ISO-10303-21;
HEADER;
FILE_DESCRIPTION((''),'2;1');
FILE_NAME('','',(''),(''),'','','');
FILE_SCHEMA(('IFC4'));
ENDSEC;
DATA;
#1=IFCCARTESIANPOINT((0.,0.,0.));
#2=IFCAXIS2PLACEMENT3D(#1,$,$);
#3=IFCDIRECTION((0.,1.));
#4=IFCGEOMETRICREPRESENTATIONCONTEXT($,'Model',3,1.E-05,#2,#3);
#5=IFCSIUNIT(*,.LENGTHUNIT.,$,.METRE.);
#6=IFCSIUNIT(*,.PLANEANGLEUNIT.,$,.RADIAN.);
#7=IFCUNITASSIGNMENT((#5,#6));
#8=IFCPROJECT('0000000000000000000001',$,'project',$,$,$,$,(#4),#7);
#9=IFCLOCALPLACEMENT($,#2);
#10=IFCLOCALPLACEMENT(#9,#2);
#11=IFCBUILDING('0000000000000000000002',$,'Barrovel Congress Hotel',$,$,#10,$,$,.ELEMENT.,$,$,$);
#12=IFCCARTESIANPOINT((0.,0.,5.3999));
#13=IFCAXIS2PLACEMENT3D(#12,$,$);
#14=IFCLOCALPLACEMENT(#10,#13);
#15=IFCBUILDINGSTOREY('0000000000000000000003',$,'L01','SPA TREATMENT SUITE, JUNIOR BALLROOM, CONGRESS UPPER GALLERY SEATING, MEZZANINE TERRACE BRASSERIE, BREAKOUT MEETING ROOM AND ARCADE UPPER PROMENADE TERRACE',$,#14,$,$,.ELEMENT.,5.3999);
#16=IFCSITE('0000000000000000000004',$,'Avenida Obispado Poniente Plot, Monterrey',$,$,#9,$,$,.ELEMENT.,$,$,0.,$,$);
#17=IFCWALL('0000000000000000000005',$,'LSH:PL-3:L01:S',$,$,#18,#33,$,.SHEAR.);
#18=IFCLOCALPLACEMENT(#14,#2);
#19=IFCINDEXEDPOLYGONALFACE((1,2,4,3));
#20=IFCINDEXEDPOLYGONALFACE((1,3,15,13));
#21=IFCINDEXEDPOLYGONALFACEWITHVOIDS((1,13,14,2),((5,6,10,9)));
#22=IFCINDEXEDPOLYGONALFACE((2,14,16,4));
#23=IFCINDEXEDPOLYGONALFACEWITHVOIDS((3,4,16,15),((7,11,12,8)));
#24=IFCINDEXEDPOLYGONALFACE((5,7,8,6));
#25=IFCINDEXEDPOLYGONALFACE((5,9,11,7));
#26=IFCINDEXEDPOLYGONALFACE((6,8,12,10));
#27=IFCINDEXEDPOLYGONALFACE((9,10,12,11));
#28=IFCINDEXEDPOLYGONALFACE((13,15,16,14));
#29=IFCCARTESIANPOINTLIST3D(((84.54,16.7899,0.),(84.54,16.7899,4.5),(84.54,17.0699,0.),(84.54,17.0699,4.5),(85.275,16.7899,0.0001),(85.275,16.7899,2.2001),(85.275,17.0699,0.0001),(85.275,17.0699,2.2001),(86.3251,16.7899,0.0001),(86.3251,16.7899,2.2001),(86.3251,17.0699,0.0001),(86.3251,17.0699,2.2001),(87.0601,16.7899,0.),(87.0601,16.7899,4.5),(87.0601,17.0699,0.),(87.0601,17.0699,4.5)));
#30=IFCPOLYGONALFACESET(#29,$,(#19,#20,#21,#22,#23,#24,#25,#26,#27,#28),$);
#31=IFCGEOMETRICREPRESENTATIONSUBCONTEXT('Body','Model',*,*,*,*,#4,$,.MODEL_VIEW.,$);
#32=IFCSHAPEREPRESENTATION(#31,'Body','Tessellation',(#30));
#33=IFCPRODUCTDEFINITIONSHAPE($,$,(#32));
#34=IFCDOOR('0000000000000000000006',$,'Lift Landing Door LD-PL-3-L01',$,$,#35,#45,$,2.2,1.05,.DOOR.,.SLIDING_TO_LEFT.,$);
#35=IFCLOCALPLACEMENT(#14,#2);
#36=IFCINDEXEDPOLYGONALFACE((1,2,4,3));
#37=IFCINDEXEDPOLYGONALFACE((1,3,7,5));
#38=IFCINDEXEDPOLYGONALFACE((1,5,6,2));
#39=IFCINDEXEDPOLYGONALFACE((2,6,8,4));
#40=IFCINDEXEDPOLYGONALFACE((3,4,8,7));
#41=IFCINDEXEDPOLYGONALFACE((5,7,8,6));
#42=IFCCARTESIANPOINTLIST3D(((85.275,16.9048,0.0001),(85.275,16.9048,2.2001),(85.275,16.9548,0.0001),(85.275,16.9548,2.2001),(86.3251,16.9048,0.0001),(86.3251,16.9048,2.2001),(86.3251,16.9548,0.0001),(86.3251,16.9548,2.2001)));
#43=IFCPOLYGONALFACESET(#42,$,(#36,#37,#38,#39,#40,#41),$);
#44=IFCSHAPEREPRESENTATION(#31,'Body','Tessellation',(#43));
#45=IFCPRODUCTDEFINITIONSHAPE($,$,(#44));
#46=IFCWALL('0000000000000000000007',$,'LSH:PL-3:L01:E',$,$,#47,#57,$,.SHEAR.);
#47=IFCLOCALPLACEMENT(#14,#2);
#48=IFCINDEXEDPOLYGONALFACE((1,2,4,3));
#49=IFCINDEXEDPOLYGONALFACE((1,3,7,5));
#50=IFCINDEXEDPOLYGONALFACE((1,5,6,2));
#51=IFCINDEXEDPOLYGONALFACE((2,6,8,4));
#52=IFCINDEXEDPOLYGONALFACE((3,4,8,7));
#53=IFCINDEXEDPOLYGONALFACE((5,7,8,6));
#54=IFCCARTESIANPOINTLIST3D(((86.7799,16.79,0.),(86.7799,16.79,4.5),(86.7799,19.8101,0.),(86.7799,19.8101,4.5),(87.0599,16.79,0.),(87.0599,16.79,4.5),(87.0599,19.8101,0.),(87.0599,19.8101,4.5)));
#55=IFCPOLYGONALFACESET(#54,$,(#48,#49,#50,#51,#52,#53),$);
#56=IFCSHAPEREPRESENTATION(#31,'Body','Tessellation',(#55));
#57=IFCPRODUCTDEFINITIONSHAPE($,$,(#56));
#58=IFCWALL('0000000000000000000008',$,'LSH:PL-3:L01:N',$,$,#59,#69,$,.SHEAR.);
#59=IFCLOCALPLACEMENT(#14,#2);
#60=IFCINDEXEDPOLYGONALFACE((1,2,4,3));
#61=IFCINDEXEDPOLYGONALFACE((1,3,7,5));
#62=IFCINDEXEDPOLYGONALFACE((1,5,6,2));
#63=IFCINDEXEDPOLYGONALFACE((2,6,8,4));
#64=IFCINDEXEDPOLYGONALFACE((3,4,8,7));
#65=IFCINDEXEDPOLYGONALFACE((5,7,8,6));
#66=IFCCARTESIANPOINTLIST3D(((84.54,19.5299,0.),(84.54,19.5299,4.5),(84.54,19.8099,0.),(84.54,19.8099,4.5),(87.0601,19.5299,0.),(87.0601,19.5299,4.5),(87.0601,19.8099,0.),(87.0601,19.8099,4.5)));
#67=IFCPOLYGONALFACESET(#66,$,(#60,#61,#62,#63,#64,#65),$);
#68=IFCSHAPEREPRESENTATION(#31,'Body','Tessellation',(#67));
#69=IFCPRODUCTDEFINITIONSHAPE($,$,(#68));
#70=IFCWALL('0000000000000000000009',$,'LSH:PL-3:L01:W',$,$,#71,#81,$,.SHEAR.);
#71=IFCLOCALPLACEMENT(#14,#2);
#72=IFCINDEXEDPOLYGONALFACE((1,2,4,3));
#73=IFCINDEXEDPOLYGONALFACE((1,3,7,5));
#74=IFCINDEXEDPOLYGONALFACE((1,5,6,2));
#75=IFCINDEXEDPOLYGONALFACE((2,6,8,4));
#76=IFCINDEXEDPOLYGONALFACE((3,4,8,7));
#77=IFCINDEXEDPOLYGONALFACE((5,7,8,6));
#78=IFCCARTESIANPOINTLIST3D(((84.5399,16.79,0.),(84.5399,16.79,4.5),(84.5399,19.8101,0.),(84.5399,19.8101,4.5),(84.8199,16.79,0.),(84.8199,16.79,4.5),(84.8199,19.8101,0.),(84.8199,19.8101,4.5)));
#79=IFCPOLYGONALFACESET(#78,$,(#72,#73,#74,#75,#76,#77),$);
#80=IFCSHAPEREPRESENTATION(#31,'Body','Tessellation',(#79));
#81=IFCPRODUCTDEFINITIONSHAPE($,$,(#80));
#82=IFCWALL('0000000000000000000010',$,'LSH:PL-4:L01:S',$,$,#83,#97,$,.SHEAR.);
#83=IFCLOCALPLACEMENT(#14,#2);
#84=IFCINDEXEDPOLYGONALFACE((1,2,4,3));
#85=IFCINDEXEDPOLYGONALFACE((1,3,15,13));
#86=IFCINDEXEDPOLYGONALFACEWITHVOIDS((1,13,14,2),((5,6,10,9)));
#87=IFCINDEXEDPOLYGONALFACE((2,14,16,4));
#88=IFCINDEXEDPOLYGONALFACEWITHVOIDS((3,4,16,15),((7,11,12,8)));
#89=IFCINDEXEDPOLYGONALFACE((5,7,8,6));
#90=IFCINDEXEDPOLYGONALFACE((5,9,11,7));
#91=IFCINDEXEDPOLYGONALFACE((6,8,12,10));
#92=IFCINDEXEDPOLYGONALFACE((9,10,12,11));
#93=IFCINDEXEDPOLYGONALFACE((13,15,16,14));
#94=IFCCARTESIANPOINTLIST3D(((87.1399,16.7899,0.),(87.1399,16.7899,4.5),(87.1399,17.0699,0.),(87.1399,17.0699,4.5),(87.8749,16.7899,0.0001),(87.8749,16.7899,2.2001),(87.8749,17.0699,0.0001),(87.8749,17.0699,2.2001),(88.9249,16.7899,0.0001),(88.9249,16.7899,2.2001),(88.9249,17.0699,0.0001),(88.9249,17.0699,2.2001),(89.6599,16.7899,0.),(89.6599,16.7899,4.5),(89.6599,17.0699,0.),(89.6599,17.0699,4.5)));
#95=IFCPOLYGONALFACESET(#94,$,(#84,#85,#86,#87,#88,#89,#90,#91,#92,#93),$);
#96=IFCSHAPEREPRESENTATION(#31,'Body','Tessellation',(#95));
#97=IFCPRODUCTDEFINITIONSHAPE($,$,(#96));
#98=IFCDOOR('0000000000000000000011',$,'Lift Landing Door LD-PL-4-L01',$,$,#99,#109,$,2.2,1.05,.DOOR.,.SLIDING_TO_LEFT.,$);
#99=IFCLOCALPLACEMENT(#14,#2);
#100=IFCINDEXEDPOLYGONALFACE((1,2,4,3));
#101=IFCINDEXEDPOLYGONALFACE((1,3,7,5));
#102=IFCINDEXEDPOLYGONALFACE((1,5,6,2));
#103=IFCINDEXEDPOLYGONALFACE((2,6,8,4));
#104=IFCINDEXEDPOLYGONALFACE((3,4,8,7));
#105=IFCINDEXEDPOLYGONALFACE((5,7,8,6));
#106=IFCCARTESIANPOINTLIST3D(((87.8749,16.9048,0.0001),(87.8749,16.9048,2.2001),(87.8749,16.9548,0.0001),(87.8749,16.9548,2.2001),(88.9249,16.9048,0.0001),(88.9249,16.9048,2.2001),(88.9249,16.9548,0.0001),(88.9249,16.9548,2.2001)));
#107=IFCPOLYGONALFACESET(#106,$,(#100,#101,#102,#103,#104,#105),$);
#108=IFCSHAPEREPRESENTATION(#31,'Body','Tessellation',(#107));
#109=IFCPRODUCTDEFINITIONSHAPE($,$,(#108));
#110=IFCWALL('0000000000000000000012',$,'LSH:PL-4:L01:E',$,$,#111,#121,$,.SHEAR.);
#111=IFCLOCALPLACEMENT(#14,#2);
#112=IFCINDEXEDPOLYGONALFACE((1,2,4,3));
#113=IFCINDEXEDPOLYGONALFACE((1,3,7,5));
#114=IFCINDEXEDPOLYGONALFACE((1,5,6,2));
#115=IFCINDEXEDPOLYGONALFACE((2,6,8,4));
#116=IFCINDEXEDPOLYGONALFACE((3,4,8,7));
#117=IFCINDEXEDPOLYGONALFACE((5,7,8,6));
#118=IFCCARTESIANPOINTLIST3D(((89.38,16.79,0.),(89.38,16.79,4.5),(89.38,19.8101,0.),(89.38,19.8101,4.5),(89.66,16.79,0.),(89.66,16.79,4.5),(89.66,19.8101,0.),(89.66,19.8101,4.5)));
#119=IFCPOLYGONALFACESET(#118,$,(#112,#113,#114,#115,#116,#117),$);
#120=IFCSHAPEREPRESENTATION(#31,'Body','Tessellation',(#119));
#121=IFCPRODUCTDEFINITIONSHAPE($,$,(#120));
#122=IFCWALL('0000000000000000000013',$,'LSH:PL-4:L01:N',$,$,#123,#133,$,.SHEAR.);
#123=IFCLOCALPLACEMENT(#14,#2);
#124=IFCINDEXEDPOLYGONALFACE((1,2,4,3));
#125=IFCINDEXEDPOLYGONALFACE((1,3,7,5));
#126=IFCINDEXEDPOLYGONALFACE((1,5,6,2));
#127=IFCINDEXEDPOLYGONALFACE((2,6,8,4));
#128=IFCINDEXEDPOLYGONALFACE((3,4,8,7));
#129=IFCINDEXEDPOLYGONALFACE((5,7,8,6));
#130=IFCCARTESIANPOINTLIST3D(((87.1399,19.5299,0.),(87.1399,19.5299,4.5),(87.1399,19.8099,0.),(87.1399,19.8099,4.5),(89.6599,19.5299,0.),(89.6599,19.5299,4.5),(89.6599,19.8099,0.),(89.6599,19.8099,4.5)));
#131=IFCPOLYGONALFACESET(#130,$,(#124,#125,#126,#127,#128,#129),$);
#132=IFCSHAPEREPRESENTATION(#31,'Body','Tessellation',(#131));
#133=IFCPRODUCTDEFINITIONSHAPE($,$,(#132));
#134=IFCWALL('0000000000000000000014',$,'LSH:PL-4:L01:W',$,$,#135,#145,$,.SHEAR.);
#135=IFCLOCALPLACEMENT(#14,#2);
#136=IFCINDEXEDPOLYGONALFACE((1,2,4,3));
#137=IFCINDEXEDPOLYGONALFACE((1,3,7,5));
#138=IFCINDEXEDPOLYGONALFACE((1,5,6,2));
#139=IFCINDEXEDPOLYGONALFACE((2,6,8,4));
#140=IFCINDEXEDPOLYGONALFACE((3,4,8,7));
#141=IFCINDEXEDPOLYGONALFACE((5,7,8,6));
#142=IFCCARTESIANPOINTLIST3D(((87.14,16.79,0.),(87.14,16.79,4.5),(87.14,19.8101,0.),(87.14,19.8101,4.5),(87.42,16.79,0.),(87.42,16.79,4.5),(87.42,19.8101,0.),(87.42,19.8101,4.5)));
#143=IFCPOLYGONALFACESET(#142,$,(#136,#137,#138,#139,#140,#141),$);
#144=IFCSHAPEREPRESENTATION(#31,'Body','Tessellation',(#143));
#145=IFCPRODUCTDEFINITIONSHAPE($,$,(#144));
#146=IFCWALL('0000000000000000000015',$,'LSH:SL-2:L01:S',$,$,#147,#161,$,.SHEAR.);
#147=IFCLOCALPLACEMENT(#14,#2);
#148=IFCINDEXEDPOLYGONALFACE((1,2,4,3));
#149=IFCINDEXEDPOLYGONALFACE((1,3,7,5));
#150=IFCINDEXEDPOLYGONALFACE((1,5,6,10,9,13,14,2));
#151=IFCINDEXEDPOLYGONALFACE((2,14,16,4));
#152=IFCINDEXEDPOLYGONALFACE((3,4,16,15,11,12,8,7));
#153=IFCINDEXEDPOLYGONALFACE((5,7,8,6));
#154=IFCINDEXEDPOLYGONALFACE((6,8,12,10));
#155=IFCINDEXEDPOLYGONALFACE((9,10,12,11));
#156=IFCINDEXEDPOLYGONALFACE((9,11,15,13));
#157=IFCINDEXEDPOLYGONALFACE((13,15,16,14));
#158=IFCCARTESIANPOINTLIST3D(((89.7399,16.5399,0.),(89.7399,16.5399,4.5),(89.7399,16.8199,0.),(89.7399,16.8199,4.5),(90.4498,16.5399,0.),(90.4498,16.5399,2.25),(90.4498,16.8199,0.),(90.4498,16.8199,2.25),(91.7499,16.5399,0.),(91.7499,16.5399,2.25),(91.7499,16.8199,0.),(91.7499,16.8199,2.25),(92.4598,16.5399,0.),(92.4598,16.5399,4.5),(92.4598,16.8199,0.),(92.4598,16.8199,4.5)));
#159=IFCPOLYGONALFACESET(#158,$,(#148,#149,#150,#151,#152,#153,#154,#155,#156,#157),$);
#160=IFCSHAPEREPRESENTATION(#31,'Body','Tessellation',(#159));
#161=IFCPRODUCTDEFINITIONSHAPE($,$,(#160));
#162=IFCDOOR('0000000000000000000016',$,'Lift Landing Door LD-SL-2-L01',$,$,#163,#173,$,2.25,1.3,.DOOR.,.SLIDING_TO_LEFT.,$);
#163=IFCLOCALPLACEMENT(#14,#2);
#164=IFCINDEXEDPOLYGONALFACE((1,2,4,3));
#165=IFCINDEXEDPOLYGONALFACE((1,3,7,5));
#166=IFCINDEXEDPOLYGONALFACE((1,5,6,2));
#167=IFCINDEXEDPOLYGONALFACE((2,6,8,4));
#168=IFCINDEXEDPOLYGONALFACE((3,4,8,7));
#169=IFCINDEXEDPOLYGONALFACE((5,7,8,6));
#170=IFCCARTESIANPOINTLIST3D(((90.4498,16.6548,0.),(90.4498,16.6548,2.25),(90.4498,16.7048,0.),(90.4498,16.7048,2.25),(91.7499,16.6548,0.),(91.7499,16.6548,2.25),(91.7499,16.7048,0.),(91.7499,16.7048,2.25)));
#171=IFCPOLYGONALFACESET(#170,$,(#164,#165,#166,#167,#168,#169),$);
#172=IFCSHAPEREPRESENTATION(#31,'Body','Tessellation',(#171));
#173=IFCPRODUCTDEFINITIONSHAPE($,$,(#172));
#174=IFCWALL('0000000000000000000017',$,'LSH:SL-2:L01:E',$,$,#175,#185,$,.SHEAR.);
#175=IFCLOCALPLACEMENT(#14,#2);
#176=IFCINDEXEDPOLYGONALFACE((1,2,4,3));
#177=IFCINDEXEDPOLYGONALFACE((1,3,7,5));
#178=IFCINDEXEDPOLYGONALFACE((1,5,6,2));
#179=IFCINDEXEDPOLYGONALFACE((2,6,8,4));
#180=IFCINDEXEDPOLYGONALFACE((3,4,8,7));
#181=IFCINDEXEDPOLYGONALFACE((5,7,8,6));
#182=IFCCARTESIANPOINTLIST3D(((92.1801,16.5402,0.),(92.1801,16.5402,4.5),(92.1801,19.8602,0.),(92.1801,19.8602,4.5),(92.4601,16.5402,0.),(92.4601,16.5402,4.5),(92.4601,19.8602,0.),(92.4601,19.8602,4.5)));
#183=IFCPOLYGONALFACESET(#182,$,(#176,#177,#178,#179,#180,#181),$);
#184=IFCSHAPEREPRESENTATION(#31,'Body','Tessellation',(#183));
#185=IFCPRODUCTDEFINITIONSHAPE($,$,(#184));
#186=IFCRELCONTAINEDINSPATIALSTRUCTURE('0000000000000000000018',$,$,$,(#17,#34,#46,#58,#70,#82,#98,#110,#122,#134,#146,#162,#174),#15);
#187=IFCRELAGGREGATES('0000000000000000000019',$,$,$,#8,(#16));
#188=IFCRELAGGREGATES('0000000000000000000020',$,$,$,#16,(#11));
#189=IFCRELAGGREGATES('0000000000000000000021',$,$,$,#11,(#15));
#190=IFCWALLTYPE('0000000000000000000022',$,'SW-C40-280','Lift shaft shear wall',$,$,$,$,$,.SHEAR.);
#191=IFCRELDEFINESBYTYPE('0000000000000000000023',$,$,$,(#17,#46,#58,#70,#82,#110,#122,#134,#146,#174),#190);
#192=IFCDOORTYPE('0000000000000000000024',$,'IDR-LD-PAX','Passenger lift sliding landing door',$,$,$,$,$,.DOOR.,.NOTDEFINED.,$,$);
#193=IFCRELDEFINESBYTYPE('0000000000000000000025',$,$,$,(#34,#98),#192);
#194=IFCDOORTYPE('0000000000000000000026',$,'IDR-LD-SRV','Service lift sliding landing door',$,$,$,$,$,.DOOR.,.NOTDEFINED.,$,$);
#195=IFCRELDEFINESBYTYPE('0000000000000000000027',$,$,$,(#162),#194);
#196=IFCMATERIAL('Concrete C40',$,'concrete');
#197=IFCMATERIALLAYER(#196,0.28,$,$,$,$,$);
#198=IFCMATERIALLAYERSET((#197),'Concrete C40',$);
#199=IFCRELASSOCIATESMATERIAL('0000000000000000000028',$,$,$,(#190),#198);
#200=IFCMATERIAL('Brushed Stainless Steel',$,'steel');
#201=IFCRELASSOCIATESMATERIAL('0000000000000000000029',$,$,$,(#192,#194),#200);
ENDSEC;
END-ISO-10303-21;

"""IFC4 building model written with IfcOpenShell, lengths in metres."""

from ifc_helpers import new_model, si_unit, direction, frame, frame_2d, origin, place, context, subcontext, project, spatial, rectangle, extrude, material, layer, layer_set, type_object, element, fill, save


model = new_model("IFC4")

# Units and contexts
model_context = context("Model", 3, precision=1e-05, world=origin(), true_north=direction((0.0, 1.0)))
body_context = subcontext(model_context, "Body", "Model", "MODEL_VIEW")
ifc_project = project(units=[si_unit("LENGTHUNIT", "METRE"), si_unit("PLANEANGLEUNIT", "RADIAN")], contexts=[model_context])

# Site, building, storey
site_placement = place(None, origin())
site = spatial("IfcSite", under=ifc_project, at=site_placement, Name="Avenida Obispado Poniente Plot, Monterrey", CompositionType="ELEMENT", RefElevation=0.0)
building_placement = place(site_placement, origin())
building = spatial("IfcBuilding", under=site, at=building_placement, Name="Barrovel Congress Hotel", CompositionType="ELEMENT")
storey_placement = place(building_placement, frame((0.0, 0.0, 5.3999)))
storey = spatial("IfcBuildingStorey", under=building, at=storey_placement, Name="L01", Description="SPA TREATMENT SUITE, JUNIOR BALLROOM, CONGRESS UPPER GALLERY SEATING, MEZZANINE TERRACE BRASSERIE, BREAKOUT MEETING ROOM AND ARCADE UPPER PROMENADE TERRACE", CompositionType="ELEMENT", Elevation=5.3999)

# Shared definitions
ifc_material_1 = material(Name="Concrete C40", Category="concrete")

# Wall, opening, door
ifc_layer_1 = layer(ifc_material_1, 0.28)
ifc_layer_set_1 = layer_set([ifc_layer_1], Name="Concrete C40")
wall_type_1 = type_object("IfcWallType", Name="SW-C40-280", Description="Lift shaft shear wall", PredefinedType="SHEAR", material=ifc_layer_set_1)
wall_1_placement = place(storey_placement, frame((84.54, 16.9299, 0.0), z_axis=(0.0, 0.0, 1.0), x_axis=(1.0, 0.0, 0.0)))
wall_1 = element("IfcWall", 1, at=wall_1_placement, inside=storey, type_object=wall_type_1, Name="LSH:PL-3:L01:S", PredefinedType="SHEAR", context=body_context, shape_type="SweptSolid", body=[
    extrude(rectangle(XDim=2.52, YDim=0.28, at=frame_2d((1.26, 0.0))), origin(), (0.0, 0.0, 1.0), 4.5),
])
opening_1_placement = place(wall_1_placement, frame((0.7351, 0.0, 0.0)))
opening_1 = element("IfcOpeningElement", 2, at=opening_1_placement, cuts=wall_1, PredefinedType="OPENING", context=body_context, shape_type="SweptSolid", body=[
    extrude(rectangle(XDim=1.05, YDim=2.2, at=frame_2d((0.5249, 1.1001))), frame((0.0, 0.1499, 0.0), z_axis=(0.0, -1.0, 0.0), x_axis=(1.0, 0.0, 0.0)), (0.0, 0.0, 1.0), 0.3),
])
ifc_material_2 = material(Name="Brushed Stainless Steel", Category="steel")
door_type_1 = type_object("IfcDoorType", Name="IDR-LD-PAX", Description="Passenger lift sliding landing door", OperationType="NOTDEFINED", PredefinedType="DOOR", material=ifc_material_2)
door_1_placement = place(opening_1_placement, origin())
door_1 = element("IfcDoor", 3, at=door_1_placement, inside=storey, type_object=door_type_1, Name="Lift Landing Door LD-PL-3-L01", OperationType="SLIDING_TO_LEFT", OverallHeight=2.2, OverallWidth=1.05, PredefinedType="DOOR", context=body_context, shape_type="SweptSolid", body=[
    extrude(rectangle(XDim=1.05, YDim=2.2, at=frame_2d((0.5249, 1.1001))), frame((0.0, 0.0249, 0.0), z_axis=(0.0, -1.0, 0.0), x_axis=(1.0, 0.0, 0.0)), (0.0, 0.0, 1.0), 0.05),
])
fill(opening_1, door_1)

# Walls
wall_2_placement = place(storey_placement, frame((86.9199, 16.79, 0.0), z_axis=(0.0, 0.0, 1.0), x_axis=(0.0, 1.0, 0.0)))
element("IfcWall", 4, at=wall_2_placement, inside=storey, type_object=wall_type_1, Name="LSH:PL-3:L01:E", PredefinedType="SHEAR", context=body_context, shape_type="SweptSolid", body=[
    extrude(rectangle(XDim=3.02, YDim=0.28, at=frame_2d((1.51, 0.0))), origin(), (0.0, 0.0, 1.0), 4.5),
])
wall_3_placement = place(storey_placement, frame((87.0601, 19.6699, 0.0), z_axis=(0.0, 0.0, 1.0), x_axis=(-1.0, 0.0, 0.0)))
element("IfcWall", 5, at=wall_3_placement, inside=storey, type_object=wall_type_1, Name="LSH:PL-3:L01:N", PredefinedType="SHEAR", context=body_context, shape_type="SweptSolid", body=[
    extrude(rectangle(XDim=2.52, YDim=0.28, at=frame_2d((1.26, 0.0))), origin(), (0.0, 0.0, 1.0), 4.5),
])
wall_4_placement = place(storey_placement, frame((84.6799, 19.8101, 0.0), z_axis=(0.0, 0.0, 1.0), x_axis=(0.0, -1.0, 0.0)))
element("IfcWall", 6, at=wall_4_placement, inside=storey, type_object=wall_type_1, Name="LSH:PL-3:L01:W", PredefinedType="SHEAR", context=body_context, shape_type="SweptSolid", body=[
    extrude(rectangle(XDim=3.02, YDim=0.28, at=frame_2d((1.51, 0.0))), origin(), (0.0, 0.0, 1.0), 4.5),
])

# Wall, opening, door
wall_5_placement = place(storey_placement, frame((87.1399, 16.9299, 0.0), z_axis=(0.0, 0.0, 1.0), x_axis=(1.0, 0.0, 0.0)))
wall_5 = element("IfcWall", 7, at=wall_5_placement, inside=storey, type_object=wall_type_1, Name="LSH:PL-4:L01:S", PredefinedType="SHEAR", context=body_context, shape_type="SweptSolid", body=[
    extrude(rectangle(XDim=2.52, YDim=0.28, at=frame_2d((1.26, 0.0))), origin(), (0.0, 0.0, 1.0), 4.5),
])
opening_2_placement = place(wall_5_placement, frame((0.7351, 0.0, 0.0)))
opening_2 = element("IfcOpeningElement", 8, at=opening_2_placement, cuts=wall_5, PredefinedType="OPENING", context=body_context, shape_type="SweptSolid", body=[
    extrude(rectangle(XDim=1.05, YDim=2.2, at=frame_2d((0.5249, 1.1001))), frame((0.0, 0.1499, 0.0), z_axis=(0.0, -1.0, 0.0), x_axis=(1.0, 0.0, 0.0)), (0.0, 0.0, 1.0), 0.3),
])
door_2_placement = place(opening_2_placement, origin())
door_2 = element("IfcDoor", 9, at=door_2_placement, inside=storey, type_object=door_type_1, Name="Lift Landing Door LD-PL-4-L01", OperationType="SLIDING_TO_LEFT", OverallHeight=2.2, OverallWidth=1.05, PredefinedType="DOOR", context=body_context, shape_type="SweptSolid", body=[
    extrude(rectangle(XDim=1.05, YDim=2.2, at=frame_2d((0.5249, 1.1001))), frame((0.0, 0.0249, 0.0), z_axis=(0.0, -1.0, 0.0), x_axis=(1.0, 0.0, 0.0)), (0.0, 0.0, 1.0), 0.05),
])
fill(opening_2, door_2)

# Walls
wall_6_placement = place(storey_placement, frame((89.52, 16.79, 0.0), z_axis=(0.0, 0.0, 1.0), x_axis=(0.0, 1.0, 0.0)))
element("IfcWall", 10, at=wall_6_placement, inside=storey, type_object=wall_type_1, Name="LSH:PL-4:L01:E", PredefinedType="SHEAR", context=body_context, shape_type="SweptSolid", body=[
    extrude(rectangle(XDim=3.02, YDim=0.28, at=frame_2d((1.51, 0.0))), origin(), (0.0, 0.0, 1.0), 4.5),
])
wall_7_placement = place(storey_placement, frame((89.6599, 19.6699, 0.0), z_axis=(0.0, 0.0, 1.0), x_axis=(-1.0, 0.0, 0.0)))
element("IfcWall", 11, at=wall_7_placement, inside=storey, type_object=wall_type_1, Name="LSH:PL-4:L01:N", PredefinedType="SHEAR", context=body_context, shape_type="SweptSolid", body=[
    extrude(rectangle(XDim=2.52, YDim=0.28, at=frame_2d((1.26, 0.0))), origin(), (0.0, 0.0, 1.0), 4.5),
])
wall_8_placement = place(storey_placement, frame((87.28, 19.8101, 0.0), z_axis=(0.0, 0.0, 1.0), x_axis=(0.0, -1.0, 0.0)))
element("IfcWall", 12, at=wall_8_placement, inside=storey, type_object=wall_type_1, Name="LSH:PL-4:L01:W", PredefinedType="SHEAR", context=body_context, shape_type="SweptSolid", body=[
    extrude(rectangle(XDim=3.02, YDim=0.28, at=frame_2d((1.51, 0.0))), origin(), (0.0, 0.0, 1.0), 4.5),
])

# Wall, opening, door
wall_9_placement = place(storey_placement, frame((89.74, 16.6799, 0.0), z_axis=(0.0, 0.0, 1.0), x_axis=(1.0, 0.0, 0.0)))
wall_9 = element("IfcWall", 13, at=wall_9_placement, inside=storey, type_object=wall_type_1, Name="LSH:SL-2:L01:S", PredefinedType="SHEAR", context=body_context, shape_type="SweptSolid", body=[
    extrude(rectangle(XDim=2.72, YDim=0.28, at=frame_2d((1.3599, 0.0))), origin(), (0.0, 0.0, 1.0), 4.5),
])
opening_3_placement = place(wall_9_placement, frame((0.71, 0.0, 0.0)))
opening_3 = element("IfcOpeningElement", 14, at=opening_3_placement, cuts=wall_9, PredefinedType="OPENING", context=body_context, shape_type="SweptSolid", body=[
    extrude(rectangle(XDim=1.3, YDim=2.25, at=frame_2d((0.6499, 1.125))), frame((0.0, 0.1499, 0.0), z_axis=(0.0, -1.0, 0.0), x_axis=(1.0, 0.0, 0.0)), (0.0, 0.0, 1.0), 0.3),
])
door_type_2 = type_object("IfcDoorType", Name="IDR-LD-SRV", Description="Service lift sliding landing door", OperationType="NOTDEFINED", PredefinedType="DOOR", material=ifc_material_2)
door_3_placement = place(opening_3_placement, origin())
door_3 = element("IfcDoor", 15, at=door_3_placement, inside=storey, type_object=door_type_2, Name="Lift Landing Door LD-SL-2-L01", OperationType="SLIDING_TO_LEFT", OverallHeight=2.25, OverallWidth=1.3, PredefinedType="DOOR", context=body_context, shape_type="SweptSolid", body=[
    extrude(rectangle(XDim=1.3, YDim=2.25, at=frame_2d((0.6499, 1.125))), frame((0.0, 0.0249, 0.0), z_axis=(0.0, -1.0, 0.0), x_axis=(1.0, 0.0, 0.0)), (0.0, 0.0, 1.0), 0.05),
])
fill(opening_3, door_3)

# Wall
wall_10_placement = place(storey_placement, frame((92.3201, 16.54, 0.0), z_axis=(0.0, 0.0, 1.0), x_axis=(0.0, 1.0, 0.0)))
element("IfcWall", 16, at=wall_10_placement, inside=storey, type_object=wall_type_1, Name="LSH:SL-2:L01:E", PredefinedType="SHEAR", context=body_context, shape_type="SweptSolid", body=[
    extrude(rectangle(XDim=3.3201, YDim=0.28, at=frame_2d((1.6602, 0.0))), origin(), (0.0, 0.0, 1.0), 4.5),
])

save(model, "model.ifc")
